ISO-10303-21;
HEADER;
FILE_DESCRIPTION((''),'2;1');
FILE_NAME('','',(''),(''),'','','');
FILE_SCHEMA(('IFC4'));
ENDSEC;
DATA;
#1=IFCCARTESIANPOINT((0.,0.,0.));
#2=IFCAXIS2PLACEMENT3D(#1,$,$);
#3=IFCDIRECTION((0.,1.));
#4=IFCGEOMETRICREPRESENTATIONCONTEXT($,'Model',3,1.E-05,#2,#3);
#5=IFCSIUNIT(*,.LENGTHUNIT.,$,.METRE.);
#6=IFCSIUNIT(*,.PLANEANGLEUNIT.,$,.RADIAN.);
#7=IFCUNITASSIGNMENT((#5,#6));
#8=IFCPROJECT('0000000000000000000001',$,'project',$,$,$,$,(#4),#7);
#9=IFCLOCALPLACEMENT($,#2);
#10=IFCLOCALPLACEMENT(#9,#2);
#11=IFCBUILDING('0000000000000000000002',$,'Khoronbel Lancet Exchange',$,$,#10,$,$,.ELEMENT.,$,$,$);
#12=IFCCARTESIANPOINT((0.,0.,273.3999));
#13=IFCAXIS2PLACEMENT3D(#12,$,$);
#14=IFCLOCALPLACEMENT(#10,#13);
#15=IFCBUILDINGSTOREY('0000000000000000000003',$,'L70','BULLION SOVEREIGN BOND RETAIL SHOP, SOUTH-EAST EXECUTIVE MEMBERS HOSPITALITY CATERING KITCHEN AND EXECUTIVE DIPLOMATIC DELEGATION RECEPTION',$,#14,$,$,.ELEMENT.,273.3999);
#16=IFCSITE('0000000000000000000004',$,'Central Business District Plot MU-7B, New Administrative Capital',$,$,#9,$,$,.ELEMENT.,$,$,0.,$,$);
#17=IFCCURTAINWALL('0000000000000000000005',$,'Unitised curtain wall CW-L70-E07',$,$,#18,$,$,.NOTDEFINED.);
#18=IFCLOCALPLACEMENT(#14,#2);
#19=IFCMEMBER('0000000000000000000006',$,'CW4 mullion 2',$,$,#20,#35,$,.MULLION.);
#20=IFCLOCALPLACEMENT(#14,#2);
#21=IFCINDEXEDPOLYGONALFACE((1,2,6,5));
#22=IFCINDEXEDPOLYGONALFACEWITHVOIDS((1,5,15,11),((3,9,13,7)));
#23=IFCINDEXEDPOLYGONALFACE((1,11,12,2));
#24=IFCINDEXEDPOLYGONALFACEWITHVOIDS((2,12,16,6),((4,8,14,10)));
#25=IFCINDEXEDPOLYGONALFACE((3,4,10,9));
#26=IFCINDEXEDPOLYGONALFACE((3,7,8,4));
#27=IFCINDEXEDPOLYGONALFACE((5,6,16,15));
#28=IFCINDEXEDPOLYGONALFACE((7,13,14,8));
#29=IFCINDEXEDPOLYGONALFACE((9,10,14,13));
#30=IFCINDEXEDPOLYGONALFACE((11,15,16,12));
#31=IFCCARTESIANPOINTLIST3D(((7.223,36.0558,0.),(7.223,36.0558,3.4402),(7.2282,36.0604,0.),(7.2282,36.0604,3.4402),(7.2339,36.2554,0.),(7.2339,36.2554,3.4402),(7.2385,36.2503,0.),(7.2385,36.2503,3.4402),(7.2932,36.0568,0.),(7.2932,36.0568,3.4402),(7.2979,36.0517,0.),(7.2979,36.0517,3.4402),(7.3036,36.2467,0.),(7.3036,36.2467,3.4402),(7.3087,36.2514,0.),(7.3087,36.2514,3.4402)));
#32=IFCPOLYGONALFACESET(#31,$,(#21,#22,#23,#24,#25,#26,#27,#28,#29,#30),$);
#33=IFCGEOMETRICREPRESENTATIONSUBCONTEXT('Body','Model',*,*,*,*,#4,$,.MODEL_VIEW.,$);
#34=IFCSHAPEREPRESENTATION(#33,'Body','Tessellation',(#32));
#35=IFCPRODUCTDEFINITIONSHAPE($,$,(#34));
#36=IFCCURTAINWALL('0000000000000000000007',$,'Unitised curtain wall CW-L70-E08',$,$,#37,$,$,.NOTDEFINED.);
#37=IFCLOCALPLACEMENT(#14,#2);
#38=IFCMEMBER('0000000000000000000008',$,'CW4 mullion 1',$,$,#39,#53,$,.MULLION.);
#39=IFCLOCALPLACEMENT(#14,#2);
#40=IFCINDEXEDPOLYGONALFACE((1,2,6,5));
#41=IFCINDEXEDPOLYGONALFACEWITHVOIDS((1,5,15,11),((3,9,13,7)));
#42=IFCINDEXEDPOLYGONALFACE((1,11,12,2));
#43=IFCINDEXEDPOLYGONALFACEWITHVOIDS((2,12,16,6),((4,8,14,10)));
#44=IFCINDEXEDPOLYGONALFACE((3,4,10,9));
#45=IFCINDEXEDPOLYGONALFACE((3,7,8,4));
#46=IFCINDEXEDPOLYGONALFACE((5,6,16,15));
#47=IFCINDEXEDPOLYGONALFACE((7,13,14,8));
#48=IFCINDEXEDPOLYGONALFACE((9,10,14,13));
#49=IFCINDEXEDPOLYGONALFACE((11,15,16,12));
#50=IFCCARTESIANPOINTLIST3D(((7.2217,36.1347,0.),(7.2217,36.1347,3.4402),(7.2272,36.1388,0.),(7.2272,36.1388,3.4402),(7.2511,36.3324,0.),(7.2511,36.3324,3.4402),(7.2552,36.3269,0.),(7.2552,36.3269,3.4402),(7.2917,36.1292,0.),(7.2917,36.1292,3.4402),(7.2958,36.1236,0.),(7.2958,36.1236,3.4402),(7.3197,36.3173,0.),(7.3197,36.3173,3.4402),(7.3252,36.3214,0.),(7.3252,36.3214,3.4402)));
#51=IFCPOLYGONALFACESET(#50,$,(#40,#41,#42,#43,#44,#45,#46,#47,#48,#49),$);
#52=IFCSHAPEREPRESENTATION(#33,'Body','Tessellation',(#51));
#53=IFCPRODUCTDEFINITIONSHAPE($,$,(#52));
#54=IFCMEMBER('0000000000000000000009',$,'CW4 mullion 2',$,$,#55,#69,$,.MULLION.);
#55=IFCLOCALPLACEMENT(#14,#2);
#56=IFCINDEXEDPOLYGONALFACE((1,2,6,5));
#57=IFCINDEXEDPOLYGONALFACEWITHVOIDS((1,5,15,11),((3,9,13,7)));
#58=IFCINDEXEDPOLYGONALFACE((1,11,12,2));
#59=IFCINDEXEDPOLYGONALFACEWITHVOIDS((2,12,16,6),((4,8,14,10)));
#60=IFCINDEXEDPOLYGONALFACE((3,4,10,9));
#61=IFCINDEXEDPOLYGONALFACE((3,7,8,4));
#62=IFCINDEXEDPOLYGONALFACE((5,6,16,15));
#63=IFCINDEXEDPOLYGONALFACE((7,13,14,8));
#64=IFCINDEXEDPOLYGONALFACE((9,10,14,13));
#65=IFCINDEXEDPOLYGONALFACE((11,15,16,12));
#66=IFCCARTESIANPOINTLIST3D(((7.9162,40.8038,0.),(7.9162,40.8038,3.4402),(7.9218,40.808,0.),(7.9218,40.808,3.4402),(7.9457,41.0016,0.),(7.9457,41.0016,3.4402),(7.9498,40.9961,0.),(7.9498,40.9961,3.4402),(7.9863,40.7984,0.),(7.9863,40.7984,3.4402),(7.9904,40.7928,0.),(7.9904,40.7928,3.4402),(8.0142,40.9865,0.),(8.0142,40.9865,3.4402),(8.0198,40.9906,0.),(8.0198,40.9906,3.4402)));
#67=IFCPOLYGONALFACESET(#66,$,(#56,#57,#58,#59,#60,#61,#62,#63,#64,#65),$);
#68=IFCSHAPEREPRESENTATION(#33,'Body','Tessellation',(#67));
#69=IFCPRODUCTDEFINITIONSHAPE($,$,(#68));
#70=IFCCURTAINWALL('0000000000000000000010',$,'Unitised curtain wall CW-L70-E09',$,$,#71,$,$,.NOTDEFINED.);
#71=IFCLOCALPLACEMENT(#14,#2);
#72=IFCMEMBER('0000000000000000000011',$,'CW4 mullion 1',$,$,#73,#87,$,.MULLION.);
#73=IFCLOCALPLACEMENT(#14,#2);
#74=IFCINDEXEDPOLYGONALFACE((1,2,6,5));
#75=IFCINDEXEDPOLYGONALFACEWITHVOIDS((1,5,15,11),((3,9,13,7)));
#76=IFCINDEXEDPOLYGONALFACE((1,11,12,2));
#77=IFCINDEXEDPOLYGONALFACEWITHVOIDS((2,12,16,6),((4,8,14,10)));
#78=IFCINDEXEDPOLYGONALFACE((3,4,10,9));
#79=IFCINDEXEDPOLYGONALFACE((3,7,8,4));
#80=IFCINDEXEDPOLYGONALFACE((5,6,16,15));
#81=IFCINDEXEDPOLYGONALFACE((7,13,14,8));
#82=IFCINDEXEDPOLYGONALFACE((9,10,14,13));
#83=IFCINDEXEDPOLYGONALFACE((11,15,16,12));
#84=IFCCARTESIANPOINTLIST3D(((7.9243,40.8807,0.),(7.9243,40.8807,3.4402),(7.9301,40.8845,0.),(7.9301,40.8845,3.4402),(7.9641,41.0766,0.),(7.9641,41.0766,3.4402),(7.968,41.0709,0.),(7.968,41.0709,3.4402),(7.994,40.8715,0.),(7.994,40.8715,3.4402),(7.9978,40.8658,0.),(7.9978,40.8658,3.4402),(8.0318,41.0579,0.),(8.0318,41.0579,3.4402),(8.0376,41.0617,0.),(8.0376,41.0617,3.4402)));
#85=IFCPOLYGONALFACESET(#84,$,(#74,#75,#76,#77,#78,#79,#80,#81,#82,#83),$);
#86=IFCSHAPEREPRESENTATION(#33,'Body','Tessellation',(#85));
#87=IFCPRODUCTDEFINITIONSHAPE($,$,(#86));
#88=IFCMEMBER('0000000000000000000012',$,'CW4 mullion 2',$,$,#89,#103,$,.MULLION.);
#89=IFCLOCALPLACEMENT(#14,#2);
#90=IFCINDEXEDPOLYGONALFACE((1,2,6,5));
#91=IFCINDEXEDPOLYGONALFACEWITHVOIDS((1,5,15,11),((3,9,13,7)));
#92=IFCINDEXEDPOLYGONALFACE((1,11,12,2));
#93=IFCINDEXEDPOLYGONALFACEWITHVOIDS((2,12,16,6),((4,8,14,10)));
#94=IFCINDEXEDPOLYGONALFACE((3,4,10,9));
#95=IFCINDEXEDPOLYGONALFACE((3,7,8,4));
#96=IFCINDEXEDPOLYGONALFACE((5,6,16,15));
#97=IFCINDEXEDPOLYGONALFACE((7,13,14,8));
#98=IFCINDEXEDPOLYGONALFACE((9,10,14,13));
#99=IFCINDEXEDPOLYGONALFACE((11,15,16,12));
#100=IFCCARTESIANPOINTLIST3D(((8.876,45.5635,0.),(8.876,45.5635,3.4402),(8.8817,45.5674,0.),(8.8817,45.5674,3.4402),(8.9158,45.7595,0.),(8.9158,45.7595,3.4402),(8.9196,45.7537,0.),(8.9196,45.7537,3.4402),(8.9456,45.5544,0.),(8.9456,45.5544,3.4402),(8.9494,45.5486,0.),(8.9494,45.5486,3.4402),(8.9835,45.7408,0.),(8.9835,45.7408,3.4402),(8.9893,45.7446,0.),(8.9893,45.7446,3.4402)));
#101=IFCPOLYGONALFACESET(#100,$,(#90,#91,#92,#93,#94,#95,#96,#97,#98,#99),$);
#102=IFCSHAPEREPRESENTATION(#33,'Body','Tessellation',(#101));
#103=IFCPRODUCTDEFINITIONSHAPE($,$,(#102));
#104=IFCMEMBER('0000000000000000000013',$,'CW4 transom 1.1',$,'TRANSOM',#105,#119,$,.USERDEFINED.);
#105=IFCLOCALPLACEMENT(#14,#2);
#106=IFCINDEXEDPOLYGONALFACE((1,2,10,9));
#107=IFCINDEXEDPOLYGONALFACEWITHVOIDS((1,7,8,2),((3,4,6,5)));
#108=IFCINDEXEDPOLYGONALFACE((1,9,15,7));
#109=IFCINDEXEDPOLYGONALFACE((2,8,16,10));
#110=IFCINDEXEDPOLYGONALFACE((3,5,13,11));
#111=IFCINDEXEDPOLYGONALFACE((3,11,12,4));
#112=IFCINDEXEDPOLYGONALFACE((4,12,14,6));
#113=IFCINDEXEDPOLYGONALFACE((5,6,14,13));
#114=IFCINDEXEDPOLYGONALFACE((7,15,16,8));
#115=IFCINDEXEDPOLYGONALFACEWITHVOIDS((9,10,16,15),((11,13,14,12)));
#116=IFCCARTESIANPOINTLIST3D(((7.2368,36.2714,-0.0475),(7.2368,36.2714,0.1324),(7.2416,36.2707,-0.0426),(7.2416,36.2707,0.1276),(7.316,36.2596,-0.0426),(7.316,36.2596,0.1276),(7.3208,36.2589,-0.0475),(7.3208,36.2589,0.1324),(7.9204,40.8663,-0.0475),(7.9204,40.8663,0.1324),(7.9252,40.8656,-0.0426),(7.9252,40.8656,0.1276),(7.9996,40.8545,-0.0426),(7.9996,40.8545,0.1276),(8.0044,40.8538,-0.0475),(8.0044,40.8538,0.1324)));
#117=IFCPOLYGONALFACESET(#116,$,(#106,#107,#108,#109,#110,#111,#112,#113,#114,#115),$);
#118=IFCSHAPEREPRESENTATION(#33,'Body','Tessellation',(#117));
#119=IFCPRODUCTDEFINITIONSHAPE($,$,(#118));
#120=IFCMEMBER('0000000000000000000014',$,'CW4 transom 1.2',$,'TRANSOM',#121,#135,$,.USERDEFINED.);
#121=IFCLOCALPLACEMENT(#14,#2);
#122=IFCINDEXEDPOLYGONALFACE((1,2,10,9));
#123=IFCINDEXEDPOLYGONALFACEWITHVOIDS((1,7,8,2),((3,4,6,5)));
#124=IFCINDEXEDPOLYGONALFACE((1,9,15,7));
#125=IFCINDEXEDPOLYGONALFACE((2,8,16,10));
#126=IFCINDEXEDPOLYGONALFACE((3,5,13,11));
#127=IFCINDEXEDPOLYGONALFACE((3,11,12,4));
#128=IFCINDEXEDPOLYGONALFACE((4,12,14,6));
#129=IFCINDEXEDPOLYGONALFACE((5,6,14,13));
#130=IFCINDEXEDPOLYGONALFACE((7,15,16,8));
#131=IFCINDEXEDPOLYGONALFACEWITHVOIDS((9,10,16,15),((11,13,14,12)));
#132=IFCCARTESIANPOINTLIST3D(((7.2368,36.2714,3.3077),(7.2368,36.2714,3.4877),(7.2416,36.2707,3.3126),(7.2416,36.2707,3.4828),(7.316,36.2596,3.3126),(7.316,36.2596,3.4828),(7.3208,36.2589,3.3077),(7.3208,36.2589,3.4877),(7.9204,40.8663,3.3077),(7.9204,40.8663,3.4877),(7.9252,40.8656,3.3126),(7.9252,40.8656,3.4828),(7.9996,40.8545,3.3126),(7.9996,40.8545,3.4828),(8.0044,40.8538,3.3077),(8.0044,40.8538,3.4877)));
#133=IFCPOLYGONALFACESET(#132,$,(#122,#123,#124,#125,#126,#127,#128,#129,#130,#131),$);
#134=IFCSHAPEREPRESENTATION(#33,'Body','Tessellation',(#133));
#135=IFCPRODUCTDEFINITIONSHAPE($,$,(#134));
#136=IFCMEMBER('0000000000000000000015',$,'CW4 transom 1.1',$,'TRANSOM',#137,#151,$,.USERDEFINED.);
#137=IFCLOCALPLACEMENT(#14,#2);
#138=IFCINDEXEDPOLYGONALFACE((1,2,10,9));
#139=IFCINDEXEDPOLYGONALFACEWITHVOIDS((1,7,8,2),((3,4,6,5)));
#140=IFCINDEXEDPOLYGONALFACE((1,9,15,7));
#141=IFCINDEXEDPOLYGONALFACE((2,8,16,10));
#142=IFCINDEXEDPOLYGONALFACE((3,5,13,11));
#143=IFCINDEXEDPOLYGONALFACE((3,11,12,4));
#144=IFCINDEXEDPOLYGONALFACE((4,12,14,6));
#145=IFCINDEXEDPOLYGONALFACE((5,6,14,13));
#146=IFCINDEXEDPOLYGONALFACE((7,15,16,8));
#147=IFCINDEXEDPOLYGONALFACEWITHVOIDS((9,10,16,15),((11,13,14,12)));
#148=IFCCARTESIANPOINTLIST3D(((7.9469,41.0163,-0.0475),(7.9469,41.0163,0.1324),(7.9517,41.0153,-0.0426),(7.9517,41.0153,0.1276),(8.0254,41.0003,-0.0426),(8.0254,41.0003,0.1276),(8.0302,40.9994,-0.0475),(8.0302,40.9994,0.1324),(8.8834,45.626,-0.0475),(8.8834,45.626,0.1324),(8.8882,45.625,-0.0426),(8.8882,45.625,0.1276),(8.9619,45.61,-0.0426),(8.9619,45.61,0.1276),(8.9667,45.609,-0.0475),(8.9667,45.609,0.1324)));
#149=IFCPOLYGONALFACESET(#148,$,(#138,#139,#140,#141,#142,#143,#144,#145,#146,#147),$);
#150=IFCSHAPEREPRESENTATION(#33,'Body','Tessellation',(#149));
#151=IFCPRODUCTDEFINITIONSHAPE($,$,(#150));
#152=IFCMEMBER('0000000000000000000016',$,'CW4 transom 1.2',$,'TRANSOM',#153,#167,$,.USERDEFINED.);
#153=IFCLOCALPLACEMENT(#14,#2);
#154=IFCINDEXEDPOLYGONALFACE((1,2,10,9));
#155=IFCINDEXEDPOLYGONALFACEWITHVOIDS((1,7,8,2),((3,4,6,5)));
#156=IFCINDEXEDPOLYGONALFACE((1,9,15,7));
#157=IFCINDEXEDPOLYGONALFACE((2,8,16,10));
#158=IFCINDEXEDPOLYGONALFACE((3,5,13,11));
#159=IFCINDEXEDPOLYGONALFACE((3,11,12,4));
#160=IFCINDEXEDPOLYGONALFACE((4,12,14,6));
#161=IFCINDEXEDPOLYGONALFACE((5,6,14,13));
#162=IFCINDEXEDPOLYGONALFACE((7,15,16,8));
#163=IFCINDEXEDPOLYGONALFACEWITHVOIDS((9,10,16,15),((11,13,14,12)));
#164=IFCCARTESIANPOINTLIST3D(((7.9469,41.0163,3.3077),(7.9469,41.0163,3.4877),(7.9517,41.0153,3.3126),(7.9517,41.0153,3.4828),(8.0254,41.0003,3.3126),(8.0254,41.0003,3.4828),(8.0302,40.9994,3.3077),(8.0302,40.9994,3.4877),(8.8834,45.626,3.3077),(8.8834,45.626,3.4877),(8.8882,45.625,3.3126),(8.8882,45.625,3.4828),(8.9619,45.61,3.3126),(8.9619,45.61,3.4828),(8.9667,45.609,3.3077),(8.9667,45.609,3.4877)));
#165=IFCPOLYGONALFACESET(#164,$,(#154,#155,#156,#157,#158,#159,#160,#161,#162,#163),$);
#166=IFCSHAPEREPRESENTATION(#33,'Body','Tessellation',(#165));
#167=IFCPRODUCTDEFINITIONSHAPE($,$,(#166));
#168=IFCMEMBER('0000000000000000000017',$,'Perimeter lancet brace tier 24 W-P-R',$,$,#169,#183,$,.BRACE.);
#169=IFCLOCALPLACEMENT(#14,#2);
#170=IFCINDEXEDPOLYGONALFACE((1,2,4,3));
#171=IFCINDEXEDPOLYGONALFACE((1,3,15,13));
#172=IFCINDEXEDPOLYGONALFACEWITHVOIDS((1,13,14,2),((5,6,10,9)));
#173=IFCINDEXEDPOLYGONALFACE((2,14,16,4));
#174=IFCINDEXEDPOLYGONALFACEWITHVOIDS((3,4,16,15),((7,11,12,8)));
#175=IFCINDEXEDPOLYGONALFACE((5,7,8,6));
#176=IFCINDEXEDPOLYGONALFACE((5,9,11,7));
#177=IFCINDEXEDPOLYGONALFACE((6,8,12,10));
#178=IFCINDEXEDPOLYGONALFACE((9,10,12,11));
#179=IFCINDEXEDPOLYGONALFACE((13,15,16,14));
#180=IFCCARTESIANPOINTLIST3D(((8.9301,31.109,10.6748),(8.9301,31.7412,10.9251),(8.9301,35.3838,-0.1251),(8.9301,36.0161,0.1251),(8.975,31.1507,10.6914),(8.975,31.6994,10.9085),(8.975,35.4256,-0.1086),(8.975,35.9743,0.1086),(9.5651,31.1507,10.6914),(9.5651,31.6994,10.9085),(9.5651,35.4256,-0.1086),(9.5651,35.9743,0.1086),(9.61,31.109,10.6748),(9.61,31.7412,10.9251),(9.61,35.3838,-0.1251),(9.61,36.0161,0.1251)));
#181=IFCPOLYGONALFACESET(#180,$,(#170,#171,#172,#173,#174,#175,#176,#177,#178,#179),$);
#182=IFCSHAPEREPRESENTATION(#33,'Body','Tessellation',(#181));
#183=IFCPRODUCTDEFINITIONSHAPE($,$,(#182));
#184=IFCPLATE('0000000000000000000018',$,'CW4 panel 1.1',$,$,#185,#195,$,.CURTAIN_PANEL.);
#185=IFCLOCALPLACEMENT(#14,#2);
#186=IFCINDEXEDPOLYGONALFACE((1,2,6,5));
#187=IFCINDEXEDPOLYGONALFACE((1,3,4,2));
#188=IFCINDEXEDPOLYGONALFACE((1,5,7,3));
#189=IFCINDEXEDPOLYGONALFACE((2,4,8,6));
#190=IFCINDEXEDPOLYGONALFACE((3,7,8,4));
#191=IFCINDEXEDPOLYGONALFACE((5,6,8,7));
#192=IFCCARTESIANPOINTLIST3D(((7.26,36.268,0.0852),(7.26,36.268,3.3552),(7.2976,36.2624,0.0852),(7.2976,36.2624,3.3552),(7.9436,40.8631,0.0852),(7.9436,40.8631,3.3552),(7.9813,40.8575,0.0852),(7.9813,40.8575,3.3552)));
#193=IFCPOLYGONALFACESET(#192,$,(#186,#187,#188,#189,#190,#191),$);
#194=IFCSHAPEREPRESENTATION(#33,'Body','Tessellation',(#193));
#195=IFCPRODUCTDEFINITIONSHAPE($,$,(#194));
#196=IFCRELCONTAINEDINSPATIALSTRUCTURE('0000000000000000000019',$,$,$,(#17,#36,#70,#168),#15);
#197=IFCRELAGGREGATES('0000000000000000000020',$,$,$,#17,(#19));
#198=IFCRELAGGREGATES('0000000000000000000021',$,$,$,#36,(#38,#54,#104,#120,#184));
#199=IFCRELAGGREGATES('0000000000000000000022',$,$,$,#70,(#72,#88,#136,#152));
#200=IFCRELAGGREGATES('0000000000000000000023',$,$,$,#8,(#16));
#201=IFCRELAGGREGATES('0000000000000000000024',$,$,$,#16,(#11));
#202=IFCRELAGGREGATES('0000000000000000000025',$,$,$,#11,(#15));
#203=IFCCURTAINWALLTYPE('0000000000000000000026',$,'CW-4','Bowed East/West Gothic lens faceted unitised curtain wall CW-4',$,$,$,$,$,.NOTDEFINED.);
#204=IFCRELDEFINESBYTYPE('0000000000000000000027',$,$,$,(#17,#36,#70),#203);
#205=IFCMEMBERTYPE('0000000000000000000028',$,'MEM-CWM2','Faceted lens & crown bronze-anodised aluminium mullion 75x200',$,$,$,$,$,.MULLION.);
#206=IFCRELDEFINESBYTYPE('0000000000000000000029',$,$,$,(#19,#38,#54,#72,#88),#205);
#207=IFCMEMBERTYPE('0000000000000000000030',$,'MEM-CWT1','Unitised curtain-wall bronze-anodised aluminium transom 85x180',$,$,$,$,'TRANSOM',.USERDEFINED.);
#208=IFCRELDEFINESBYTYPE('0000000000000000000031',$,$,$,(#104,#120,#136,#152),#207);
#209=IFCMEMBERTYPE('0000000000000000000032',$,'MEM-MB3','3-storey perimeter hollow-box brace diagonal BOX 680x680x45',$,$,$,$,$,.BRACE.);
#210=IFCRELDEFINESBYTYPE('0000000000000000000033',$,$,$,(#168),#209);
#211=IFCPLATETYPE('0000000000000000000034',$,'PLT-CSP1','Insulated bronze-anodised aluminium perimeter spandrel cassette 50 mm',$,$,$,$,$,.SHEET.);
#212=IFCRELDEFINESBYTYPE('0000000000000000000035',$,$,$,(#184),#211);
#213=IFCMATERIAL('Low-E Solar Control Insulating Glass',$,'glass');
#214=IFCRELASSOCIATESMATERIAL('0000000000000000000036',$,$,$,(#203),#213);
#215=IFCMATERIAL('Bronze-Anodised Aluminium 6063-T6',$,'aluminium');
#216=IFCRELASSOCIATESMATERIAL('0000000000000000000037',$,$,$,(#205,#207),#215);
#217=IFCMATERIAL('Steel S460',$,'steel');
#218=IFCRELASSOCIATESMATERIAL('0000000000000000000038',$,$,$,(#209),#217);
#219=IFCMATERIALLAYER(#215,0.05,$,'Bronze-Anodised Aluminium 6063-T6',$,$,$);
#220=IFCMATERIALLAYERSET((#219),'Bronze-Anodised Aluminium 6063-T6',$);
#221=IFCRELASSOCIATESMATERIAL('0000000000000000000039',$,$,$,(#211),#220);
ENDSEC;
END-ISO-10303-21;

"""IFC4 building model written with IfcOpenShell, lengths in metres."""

from ifc_helpers import new_model, si_unit, direction, frame, origin, origin_2d, place, context, subcontext, project, spatial, rectangle, hollow_rectangle, extrude, material, layer, layer_set, material_profile, profile_set, type_object, element, aggregate, save


model = new_model("IFC4")

# Units and contexts
model_context = context("Model", 3, precision=1e-05, world=origin(), true_north=direction((0.0, 1.0)))
body_context = subcontext(model_context, "Body", "Model", "MODEL_VIEW")
ifc_project = project(units=[si_unit("LENGTHUNIT", "METRE"), si_unit("PLANEANGLEUNIT", "RADIAN")], contexts=[model_context])

# Site, building, storey
site_placement = place(None, origin())
site = spatial("IfcSite", under=ifc_project, at=site_placement, Name="Central Business District Plot MU-7B, New Administrative Capital", CompositionType="ELEMENT", RefElevation=0.0)
building_placement = place(site_placement, origin())
building = spatial("IfcBuilding", under=site, at=building_placement, Name="Khoronbel Lancet Exchange", CompositionType="ELEMENT")
storey_placement = place(building_placement, frame((0.0, 0.0, 273.3999)))
storey = spatial("IfcBuildingStorey", under=building, at=storey_placement, Name="L70", Description="BULLION SOVEREIGN BOND RETAIL SHOP, SOUTH-EAST EXECUTIVE MEMBERS HOSPITALITY CATERING KITCHEN AND EXECUTIVE DIPLOMATIC DELEGATION RECEPTION", CompositionType="ELEMENT", Elevation=273.3999)

# Curtain wall, member
ifc_material_1 = material(Name="Low-E Solar Control Insulating Glass", Category="glass")
curtain_wall_type = type_object("IfcCurtainWallType", Name="CW-4", Description="Bowed East/West Gothic lens faceted unitised curtain wall CW-4", PredefinedType="NOTDEFINED", material=ifc_material_1)
curtain_wall_1_placement = place(storey_placement, origin())
curtain_wall_1 = element("IfcCurtainWall", 1, at=curtain_wall_1_placement, inside=storey, type_object=curtain_wall_type, Name="Unitised curtain wall CW-L70-E07", PredefinedType="NOTDEFINED")
ifc_material_2 = material(Name="Bronze-Anodised Aluminium 6063-T6", Category="aluminium")
ifc_material_profile_1 = material_profile(ifc_material_2, hollow_rectangle(XDim=0.075, YDim=0.2, WallThickness=0.0049, at=origin_2d()), Name="ALU MULLION 75x200")
ifc_profile_set_1 = profile_set([ifc_material_profile_1], Name="Bronze-Anodised Aluminium 6063-T6")
member_type_1 = type_object("IfcMemberType", Name="MEM-CWM2", Description="Faceted lens & crown bronze-anodised aluminium mullion 75x200", PredefinedType="MULLION", material=ifc_profile_set_1)
member_1_placement = place(storey_placement, frame((7.2659, 36.1536, 0.0), z_axis=(0.0, 0.0, 1.0), x_axis=(-0.998521, 0.054361, 0.0)))
member_1 = element("IfcMember", 2, at=member_1_placement, type_object=member_type_1, Name="CW4 mullion 2", PredefinedType="MULLION", context=body_context, shape_type="SweptSolid", body=[
    extrude(hollow_rectangle(XDim=0.075, YDim=0.2, WallThickness=0.0049, at=origin_2d()), origin(), (0.0, 0.0, 1.0), 3.4402),
])
aggregate(curtain_wall_1, [member_1])

# Curtain walls, members
curtain_wall_2_placement = place(storey_placement, origin())
curtain_wall_2 = element("IfcCurtainWall", 3, at=curtain_wall_2_placement, inside=storey, type_object=curtain_wall_type, Name="Unitised curtain wall CW-L70-E08", PredefinedType="NOTDEFINED")
member_2_placement = place(storey_placement, frame((7.2734, 36.228, 0.0), z_axis=(0.0, 0.0, 1.0), x_axis=(-0.989114, 0.147152, 0.0)))
member_2 = element("IfcMember", 4, at=member_2_placement, type_object=member_type_1, Name="CW4 mullion 1", PredefinedType="MULLION", context=body_context, shape_type="SweptSolid", body=[
    extrude(hollow_rectangle(XDim=0.075, YDim=0.2, WallThickness=0.0049, at=origin_2d()), origin(), (0.0, 0.0, 1.0), 3.4402),
])
member_3_placement = place(storey_placement, frame((7.968, 40.8972, 0.0), z_axis=(0.0, 0.0, 1.0), x_axis=(-0.989114, 0.147152, 0.0)))
member_3 = element("IfcMember", 5, at=member_3_placement, type_object=member_type_1, Name="CW4 mullion 2", PredefinedType="MULLION", context=body_context, shape_type="SweptSolid", body=[
    extrude(hollow_rectangle(XDim=0.075, YDim=0.2, WallThickness=0.0049, at=origin_2d()), origin(), (0.0, 0.0, 1.0), 3.4402),
])
curtain_wall_3_placement = place(storey_placement, origin())
curtain_wall_3 = element("IfcCurtainWall", 6, at=curtain_wall_3_placement, inside=storey, type_object=curtain_wall_type, Name="Unitised curtain wall CW-L70-E09", PredefinedType="NOTDEFINED")
member_4_placement = place(storey_placement, frame((7.981, 40.9712, 0.0), z_axis=(0.0, 0.0, 1.0), x_axis=(-0.979974, 0.199126, 0.0)))
member_4 = element("IfcMember", 7, at=member_4_placement, type_object=member_type_1, Name="CW4 mullion 1", PredefinedType="MULLION", context=body_context, shape_type="SweptSolid", body=[
    extrude(hollow_rectangle(XDim=0.075, YDim=0.2, WallThickness=0.0049, at=origin_2d()), origin(), (0.0, 0.0, 1.0), 3.4402),
])
member_5_placement = place(storey_placement, frame((8.9326, 45.6541, 0.0), z_axis=(0.0, 0.0, 1.0), x_axis=(-0.979974, 0.199126, 0.0)))
member_5 = element("IfcMember", 8, at=member_5_placement, type_object=member_type_1, Name="CW4 mullion 2", PredefinedType="MULLION", context=body_context, shape_type="SweptSolid", body=[
    extrude(hollow_rectangle(XDim=0.075, YDim=0.2, WallThickness=0.0049, at=origin_2d()), origin(), (0.0, 0.0, 1.0), 3.4402),
])

# Members
ifc_material_profile_2 = material_profile(ifc_material_2, hollow_rectangle(XDim=0.085, YDim=0.1799, WallThickness=0.0049, at=origin_2d()), Name="ALU TRANSOM 85x180")
ifc_profile_set_2 = profile_set([ifc_material_profile_2], Name="Bronze-Anodised Aluminium 6063-T6")
member_type_2 = type_object("IfcMemberType", Name="MEM-CWT1", Description="Unitised curtain-wall bronze-anodised aluminium transom 85x180", ElementType="TRANSOM", PredefinedType="USERDEFINED", material=ifc_profile_set_2)
member_6_placement = place(storey_placement, frame((7.2788, 36.2651, 0.0425), z_axis=(0.14715, 0.989114, 0.0), x_axis=(-0.989114, 0.14715, 0.0)))
member_6 = element("IfcMember", 9, at=member_6_placement, type_object=member_type_2, Name="CW4 transom 1.1", ObjectType="TRANSOM", PredefinedType="USERDEFINED", context=body_context, shape_type="SweptSolid", body=[
    extrude(hollow_rectangle(XDim=0.085, YDim=0.1799, WallThickness=0.0049, at=origin_2d()), origin(), (0.0, 0.0, 1.0), 4.6455),
])
member_7_placement = place(storey_placement, frame((7.2788, 36.2651, 3.3977), z_axis=(0.14715, 0.989114, 0.0), x_axis=(-0.989114, 0.14715, 0.0)))
member_7 = element("IfcMember", 10, at=member_7_placement, type_object=member_type_2, Name="CW4 transom 1.2", ObjectType="TRANSOM", PredefinedType="USERDEFINED", context=body_context, shape_type="SweptSolid", body=[
    extrude(hollow_rectangle(XDim=0.085, YDim=0.1799, WallThickness=0.0049, at=origin_2d()), origin(), (0.0, 0.0, 1.0), 4.6455),
])
member_8_placement = place(storey_placement, frame((7.9885, 41.0078, 0.0425), z_axis=(0.1991, 0.979979, 0.0), x_axis=(-0.979979, 0.1991, 0.0)))
member_8 = element("IfcMember", 11, at=member_8_placement, type_object=member_type_2, Name="CW4 transom 1.1", ObjectType="TRANSOM", PredefinedType="USERDEFINED", context=body_context, shape_type="SweptSolid", body=[
    extrude(hollow_rectangle(XDim=0.085, YDim=0.1799, WallThickness=0.0049, at=origin_2d()), origin(), (0.0, 0.0, 1.0), 4.7039),
])
member_9_placement = place(storey_placement, frame((7.9885, 41.0078, 3.3977), z_axis=(0.1991, 0.979979, 0.0), x_axis=(-0.979979, 0.1991, 0.0)))
member_9 = element("IfcMember", 12, at=member_9_placement, type_object=member_type_2, Name="CW4 transom 1.2", ObjectType="TRANSOM", PredefinedType="USERDEFINED", context=body_context, shape_type="SweptSolid", body=[
    extrude(hollow_rectangle(XDim=0.085, YDim=0.1799, WallThickness=0.0049, at=origin_2d()), origin(), (0.0, 0.0, 1.0), 4.7039),
])
ifc_material_3 = material(Name="Steel S460", Category="steel")
ifc_material_profile_3 = material_profile(ifc_material_3, hollow_rectangle(XDim=0.6799, YDim=0.6799, WallThickness=0.0449, at=origin_2d()), Name="BOX 680x680x45")
ifc_profile_set_3 = profile_set([ifc_material_profile_3], Name="Steel S460")
member_type_3 = type_object("IfcMemberType", Name="MEM-MB3", Description="3-storey perimeter hollow-box brace diagonal BOX 680x680x45", PredefinedType="BRACE", material=ifc_profile_set_3)
member_10_placement = place(storey_placement, frame((9.27, 35.7, 0.0), z_axis=(0.0, -0.36804, 0.92981), x_axis=(1.0, 0.0, 0.0)))
element("IfcMember", 13, at=member_10_placement, inside=storey, type_object=member_type_3, Name="Perimeter lancet brace tier 24 W-P-R", PredefinedType="BRACE", context=body_context, shape_type="SweptSolid", body=[
    extrude(hollow_rectangle(XDim=0.6799, YDim=0.6799, WallThickness=0.0449, at=origin_2d()), origin(), (0.0, 0.0, 1.0), 11.6152),
])

# Plate
ifc_layer_1 = layer(ifc_material_2, 0.05, Name="Bronze-Anodised Aluminium 6063-T6")
ifc_layer_set_1 = layer_set([ifc_layer_1], Name="Bronze-Anodised Aluminium 6063-T6")
plate_type_1 = type_object("IfcPlateType", Name="PLT-CSP1", Description="Insulated bronze-anodised aluminium perimeter spandrel cassette 50 mm", PredefinedType="SHEET", material=ifc_layer_set_1)
plate_1_placement = place(storey_placement, frame((7.6206, 38.5627, 0.0852), z_axis=(0.0, 0.0, 1.0), x_axis=(0.147152, 0.989114, 0.0)))
plate_1 = element("IfcPlate", 14, at=plate_1_placement, type_object=plate_type_1, Name="CW4 panel 1.1", PredefinedType="CURTAIN_PANEL", context=body_context, shape_type="SweptSolid", body=[
    extrude(rectangle(XDim=4.6458, YDim=0.0381, at=origin_2d()), origin(), (0.0, 0.0, 1.0), 3.27),
])
aggregate(curtain_wall_2, [member_2, member_3, member_6, member_7, plate_1])
aggregate(curtain_wall_3, [member_4, member_5, member_8, member_9])

save(model, "model.ifc")
